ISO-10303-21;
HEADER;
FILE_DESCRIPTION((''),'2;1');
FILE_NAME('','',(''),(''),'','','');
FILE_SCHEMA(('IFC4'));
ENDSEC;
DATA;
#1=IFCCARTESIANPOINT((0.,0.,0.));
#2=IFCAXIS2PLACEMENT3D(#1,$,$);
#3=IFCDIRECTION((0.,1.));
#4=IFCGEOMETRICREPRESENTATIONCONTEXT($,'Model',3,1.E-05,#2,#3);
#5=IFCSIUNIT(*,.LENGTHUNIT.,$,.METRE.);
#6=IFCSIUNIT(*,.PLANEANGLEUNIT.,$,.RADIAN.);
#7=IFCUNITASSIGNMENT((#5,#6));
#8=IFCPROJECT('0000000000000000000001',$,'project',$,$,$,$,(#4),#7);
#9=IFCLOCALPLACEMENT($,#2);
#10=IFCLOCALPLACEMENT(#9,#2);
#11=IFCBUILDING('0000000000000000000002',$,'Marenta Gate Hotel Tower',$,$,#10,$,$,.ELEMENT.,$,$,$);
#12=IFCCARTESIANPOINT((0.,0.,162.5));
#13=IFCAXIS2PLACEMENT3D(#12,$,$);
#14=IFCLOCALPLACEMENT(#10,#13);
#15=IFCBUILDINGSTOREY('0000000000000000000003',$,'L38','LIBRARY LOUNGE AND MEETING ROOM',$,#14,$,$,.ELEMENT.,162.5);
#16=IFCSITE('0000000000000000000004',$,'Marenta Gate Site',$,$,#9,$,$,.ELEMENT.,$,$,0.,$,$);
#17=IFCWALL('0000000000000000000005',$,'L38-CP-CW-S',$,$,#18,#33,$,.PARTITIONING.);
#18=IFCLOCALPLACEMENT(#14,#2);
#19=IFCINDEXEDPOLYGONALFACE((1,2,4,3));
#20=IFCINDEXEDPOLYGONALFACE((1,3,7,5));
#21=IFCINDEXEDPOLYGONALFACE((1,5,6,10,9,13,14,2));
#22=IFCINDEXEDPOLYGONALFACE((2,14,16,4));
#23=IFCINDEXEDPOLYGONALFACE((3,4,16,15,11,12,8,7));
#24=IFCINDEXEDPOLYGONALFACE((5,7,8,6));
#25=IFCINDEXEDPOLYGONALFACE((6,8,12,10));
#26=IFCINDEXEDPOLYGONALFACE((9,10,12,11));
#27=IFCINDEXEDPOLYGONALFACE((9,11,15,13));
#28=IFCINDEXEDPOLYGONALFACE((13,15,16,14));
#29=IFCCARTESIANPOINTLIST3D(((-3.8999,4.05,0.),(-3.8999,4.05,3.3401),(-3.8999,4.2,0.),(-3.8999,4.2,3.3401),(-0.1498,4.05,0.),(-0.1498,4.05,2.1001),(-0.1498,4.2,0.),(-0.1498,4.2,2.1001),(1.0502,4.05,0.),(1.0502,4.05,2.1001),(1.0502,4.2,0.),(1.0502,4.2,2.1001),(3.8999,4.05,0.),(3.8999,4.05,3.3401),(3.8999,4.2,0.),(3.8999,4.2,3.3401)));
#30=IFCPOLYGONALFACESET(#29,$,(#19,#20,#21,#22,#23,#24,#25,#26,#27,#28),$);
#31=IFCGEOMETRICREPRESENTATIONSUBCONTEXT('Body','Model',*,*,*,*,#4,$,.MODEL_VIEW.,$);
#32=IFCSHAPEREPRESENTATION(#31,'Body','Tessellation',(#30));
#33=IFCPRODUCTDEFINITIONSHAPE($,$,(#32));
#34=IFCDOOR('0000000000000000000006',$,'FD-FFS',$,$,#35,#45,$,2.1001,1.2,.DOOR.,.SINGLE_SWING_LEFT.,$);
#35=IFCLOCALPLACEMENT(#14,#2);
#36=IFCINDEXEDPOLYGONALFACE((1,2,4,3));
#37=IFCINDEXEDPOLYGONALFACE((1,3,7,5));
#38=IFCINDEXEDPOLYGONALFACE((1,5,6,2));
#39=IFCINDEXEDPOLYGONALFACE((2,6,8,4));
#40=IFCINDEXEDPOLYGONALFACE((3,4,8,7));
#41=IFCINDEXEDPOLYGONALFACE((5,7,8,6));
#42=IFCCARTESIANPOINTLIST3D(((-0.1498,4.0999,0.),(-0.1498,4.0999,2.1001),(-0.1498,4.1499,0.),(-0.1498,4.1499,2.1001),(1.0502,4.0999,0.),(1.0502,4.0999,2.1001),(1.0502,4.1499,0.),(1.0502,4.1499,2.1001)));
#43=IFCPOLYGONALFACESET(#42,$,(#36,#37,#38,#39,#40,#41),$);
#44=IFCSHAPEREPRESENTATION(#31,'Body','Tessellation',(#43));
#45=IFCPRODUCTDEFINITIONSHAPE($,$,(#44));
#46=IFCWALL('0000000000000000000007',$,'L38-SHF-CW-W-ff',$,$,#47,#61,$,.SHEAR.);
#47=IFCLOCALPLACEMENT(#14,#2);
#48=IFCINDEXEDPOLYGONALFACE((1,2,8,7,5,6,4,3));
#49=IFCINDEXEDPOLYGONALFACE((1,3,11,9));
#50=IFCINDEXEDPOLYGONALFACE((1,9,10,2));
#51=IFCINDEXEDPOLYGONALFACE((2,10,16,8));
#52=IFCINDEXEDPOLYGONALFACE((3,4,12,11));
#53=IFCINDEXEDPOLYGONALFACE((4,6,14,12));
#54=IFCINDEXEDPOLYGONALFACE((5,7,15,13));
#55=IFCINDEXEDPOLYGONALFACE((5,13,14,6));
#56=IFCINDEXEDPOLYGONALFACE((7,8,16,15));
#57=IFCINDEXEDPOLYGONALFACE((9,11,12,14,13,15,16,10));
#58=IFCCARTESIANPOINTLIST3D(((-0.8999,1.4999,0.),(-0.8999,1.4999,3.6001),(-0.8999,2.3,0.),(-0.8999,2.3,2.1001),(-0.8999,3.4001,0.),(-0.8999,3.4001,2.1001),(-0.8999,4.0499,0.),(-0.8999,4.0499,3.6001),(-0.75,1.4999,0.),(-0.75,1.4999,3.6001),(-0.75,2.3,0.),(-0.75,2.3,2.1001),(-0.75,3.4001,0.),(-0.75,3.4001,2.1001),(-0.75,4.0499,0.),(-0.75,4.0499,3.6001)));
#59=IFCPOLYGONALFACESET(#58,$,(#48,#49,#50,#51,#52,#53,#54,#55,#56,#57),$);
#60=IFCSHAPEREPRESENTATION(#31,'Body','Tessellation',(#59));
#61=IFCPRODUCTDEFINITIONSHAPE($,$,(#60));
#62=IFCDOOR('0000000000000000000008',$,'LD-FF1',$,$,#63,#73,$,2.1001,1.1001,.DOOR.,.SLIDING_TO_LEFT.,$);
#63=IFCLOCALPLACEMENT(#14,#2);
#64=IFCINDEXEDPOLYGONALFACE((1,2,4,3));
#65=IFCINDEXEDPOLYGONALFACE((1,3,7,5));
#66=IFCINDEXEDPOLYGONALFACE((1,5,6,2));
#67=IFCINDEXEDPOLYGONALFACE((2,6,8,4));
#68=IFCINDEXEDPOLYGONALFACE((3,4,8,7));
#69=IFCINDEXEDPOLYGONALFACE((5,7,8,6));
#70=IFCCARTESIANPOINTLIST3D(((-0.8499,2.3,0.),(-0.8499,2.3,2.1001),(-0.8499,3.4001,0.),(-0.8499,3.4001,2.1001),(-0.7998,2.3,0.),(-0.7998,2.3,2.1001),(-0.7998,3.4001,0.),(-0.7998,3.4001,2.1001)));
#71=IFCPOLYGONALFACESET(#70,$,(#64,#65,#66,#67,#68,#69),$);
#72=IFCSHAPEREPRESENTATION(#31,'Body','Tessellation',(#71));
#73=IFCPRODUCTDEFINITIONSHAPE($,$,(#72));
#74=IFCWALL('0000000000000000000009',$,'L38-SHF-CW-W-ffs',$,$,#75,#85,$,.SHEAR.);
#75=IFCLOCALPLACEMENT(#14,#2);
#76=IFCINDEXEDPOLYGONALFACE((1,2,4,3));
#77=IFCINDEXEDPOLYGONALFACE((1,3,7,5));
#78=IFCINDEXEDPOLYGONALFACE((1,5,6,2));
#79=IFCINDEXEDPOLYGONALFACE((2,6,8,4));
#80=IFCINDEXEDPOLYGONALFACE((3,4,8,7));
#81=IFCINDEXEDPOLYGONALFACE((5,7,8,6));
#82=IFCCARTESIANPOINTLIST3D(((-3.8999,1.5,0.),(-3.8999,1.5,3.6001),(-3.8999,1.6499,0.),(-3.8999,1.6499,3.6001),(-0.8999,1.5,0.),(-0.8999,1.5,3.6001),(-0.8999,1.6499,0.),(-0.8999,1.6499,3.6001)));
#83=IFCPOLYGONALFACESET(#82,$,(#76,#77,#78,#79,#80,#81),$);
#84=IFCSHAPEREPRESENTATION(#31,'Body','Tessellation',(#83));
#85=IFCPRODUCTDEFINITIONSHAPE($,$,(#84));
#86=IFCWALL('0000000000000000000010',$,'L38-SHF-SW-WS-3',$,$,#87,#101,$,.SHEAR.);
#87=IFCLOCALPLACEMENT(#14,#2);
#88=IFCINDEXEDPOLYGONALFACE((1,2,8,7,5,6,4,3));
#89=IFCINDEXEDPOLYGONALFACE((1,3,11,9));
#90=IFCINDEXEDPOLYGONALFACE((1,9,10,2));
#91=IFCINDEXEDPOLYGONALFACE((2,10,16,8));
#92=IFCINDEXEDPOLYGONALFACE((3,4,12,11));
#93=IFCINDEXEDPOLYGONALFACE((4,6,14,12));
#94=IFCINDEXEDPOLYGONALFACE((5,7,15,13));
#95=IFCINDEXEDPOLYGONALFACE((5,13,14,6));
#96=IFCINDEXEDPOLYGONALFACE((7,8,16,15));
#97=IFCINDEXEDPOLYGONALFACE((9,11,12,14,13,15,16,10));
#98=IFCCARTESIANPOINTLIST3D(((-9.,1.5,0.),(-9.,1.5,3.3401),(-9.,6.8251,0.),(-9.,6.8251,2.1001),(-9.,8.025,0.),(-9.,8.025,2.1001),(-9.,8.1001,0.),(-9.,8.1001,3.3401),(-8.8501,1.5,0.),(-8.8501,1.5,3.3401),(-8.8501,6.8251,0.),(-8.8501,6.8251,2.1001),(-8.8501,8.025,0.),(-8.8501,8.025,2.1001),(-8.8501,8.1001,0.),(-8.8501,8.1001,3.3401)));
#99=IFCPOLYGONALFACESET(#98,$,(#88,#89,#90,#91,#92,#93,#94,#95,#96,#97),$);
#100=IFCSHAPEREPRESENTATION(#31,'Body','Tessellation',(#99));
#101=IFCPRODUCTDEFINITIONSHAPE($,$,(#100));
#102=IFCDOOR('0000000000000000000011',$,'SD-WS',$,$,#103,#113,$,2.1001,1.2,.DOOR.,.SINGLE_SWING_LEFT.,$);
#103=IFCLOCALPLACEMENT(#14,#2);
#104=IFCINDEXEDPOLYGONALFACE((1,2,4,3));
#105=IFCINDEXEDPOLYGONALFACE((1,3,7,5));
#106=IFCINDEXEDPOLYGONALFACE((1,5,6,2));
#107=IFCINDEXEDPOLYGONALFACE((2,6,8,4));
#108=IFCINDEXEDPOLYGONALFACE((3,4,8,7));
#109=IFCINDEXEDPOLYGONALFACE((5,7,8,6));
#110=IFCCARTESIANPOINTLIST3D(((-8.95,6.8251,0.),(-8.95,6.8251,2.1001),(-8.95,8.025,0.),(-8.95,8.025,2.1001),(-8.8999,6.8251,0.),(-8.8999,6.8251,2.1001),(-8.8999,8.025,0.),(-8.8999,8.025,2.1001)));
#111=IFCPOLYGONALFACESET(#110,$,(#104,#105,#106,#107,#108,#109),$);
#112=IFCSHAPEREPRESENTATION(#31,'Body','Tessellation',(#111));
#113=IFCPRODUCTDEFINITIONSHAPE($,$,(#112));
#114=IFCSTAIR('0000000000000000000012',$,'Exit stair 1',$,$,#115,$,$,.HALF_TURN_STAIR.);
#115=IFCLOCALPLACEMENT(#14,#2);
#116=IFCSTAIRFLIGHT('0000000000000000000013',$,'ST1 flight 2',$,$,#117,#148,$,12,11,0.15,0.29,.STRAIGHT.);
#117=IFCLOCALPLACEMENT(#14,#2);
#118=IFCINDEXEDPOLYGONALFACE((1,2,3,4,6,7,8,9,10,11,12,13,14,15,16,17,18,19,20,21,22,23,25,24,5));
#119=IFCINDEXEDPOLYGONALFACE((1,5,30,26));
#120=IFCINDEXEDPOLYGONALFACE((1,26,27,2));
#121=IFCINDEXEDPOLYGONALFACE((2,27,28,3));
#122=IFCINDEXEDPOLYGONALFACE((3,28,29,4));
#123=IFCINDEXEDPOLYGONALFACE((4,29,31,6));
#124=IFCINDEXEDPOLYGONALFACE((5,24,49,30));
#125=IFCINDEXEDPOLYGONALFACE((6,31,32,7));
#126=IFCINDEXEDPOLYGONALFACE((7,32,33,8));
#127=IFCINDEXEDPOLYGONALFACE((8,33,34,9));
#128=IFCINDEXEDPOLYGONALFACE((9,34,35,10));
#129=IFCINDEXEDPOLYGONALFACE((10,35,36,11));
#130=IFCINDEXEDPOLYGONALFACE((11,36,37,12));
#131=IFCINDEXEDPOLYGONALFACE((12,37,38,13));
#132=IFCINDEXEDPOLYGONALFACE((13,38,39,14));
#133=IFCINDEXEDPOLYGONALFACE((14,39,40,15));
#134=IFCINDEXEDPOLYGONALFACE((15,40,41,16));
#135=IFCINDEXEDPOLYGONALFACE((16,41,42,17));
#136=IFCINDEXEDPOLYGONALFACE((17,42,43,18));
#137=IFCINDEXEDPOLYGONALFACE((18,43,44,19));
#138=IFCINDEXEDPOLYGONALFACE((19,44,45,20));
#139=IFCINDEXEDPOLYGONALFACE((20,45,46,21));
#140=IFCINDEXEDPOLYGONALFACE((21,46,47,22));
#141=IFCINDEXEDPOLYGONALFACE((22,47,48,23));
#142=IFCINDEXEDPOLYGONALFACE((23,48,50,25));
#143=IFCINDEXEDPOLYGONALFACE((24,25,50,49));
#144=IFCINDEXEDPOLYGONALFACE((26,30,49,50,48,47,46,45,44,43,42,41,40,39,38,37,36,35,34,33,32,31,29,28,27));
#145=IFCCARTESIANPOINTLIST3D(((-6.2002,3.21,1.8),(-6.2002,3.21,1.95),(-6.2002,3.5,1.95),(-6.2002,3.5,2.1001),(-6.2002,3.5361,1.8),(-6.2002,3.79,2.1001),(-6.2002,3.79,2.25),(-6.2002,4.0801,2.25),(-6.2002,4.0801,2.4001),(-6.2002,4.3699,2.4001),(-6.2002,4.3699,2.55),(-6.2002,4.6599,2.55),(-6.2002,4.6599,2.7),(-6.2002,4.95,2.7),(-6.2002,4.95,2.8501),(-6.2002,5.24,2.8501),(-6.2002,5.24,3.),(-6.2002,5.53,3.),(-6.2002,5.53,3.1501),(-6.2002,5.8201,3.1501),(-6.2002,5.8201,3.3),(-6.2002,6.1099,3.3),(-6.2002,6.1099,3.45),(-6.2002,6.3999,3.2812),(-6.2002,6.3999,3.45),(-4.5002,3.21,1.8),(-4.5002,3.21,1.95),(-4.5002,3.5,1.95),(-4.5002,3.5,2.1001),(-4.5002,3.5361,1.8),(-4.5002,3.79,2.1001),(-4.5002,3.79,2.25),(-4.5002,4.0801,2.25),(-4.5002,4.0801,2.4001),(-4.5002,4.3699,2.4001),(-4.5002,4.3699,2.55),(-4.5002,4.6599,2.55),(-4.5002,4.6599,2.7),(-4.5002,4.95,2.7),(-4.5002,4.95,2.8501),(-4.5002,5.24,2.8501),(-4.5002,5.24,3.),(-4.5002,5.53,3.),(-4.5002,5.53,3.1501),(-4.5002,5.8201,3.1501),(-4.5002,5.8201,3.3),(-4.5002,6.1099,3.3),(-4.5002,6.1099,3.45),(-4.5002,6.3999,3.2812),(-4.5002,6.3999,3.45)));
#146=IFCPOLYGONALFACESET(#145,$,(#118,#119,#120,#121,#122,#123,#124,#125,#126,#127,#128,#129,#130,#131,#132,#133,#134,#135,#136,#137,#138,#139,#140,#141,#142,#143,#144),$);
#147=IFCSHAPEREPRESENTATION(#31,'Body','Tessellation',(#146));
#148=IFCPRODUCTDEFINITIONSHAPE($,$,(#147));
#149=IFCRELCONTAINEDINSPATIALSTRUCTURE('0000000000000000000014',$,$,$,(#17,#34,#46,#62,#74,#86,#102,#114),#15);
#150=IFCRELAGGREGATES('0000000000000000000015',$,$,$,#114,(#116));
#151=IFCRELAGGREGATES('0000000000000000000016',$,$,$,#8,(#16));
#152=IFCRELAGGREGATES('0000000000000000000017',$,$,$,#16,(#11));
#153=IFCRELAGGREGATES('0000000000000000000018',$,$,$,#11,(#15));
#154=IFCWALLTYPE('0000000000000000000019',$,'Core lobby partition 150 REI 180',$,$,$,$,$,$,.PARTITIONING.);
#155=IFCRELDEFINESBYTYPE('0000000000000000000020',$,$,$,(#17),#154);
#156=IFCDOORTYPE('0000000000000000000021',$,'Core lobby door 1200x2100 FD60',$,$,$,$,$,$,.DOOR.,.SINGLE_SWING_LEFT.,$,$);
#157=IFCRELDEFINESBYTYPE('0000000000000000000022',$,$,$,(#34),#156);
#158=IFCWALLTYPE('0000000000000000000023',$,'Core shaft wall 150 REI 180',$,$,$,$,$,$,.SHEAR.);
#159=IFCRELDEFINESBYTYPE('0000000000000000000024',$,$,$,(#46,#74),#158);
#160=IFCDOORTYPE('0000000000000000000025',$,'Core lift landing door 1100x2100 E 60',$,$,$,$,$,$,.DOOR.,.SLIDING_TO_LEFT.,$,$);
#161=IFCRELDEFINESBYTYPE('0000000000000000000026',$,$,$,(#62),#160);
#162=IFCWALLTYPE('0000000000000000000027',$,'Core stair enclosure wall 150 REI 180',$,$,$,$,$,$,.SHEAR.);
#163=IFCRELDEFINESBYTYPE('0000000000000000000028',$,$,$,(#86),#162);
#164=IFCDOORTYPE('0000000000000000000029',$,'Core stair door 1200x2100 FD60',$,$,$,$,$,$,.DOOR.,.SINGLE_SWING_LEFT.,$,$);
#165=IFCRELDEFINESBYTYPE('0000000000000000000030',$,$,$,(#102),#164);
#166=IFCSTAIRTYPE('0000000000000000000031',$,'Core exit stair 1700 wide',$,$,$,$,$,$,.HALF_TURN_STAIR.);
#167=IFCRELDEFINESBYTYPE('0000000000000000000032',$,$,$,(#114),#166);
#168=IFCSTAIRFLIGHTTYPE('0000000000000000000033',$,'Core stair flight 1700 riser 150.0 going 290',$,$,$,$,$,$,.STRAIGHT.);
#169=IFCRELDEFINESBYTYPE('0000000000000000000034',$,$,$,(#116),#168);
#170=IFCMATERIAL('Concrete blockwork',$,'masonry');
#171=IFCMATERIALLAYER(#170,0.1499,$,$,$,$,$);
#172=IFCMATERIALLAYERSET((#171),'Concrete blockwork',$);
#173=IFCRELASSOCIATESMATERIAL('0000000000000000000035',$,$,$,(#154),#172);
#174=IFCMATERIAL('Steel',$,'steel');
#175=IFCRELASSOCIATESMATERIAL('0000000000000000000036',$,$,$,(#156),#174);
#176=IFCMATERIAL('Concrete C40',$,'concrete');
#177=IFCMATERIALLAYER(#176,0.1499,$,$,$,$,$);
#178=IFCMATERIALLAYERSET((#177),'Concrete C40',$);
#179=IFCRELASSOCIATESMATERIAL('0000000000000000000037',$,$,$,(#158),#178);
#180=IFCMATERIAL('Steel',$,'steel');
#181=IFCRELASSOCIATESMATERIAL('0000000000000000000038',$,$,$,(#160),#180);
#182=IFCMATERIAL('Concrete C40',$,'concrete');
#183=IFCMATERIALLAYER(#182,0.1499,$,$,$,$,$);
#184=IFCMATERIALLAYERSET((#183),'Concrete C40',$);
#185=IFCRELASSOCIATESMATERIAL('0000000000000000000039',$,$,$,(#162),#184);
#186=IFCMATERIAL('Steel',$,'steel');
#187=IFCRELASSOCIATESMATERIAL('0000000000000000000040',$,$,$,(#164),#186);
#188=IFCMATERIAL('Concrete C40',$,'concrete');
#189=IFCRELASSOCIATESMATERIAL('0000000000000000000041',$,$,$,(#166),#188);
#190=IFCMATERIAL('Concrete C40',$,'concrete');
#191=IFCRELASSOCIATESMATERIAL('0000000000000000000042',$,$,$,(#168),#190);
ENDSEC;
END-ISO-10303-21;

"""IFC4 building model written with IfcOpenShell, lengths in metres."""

from ifc_helpers import new_model, si_unit, direction, frame, frame_2d, origin, place, context, subcontext, project, spatial, polyline, rectangle, outline, extrude, material, layer, layer_set, type_object, element, fill, aggregate, save


model = new_model("IFC4")

# Units and contexts
model_context = context("Model", 3, precision=1e-05, world=origin(), true_north=direction((0.0, 1.0)))
body_context = subcontext(model_context, "Body", "Model", "MODEL_VIEW")
ifc_project = project(units=[si_unit("LENGTHUNIT", "METRE"), si_unit("PLANEANGLEUNIT", "RADIAN")], contexts=[model_context])

# Site, building, storey
site_placement = place(None, origin())
site = spatial("IfcSite", under=ifc_project, at=site_placement, Name="Marenta Gate Site", CompositionType="ELEMENT", RefElevation=0.0)
building_placement = place(site_placement, origin())
building = spatial("IfcBuilding", under=site, at=building_placement, Name="Marenta Gate Hotel Tower", CompositionType="ELEMENT")
storey_placement = place(building_placement, frame((0.0, 0.0, 162.5)))
storey = spatial("IfcBuildingStorey", under=building, at=storey_placement, Name="L38", Description="LIBRARY LOUNGE AND MEETING ROOM", CompositionType="ELEMENT", Elevation=162.5)

# Walls, openings, doors
ifc_material_1 = material(Name="Concrete blockwork", Category="masonry")
ifc_layer_1 = layer(ifc_material_1, 0.1499)
ifc_layer_set_1 = layer_set([ifc_layer_1], Name="Concrete blockwork")
wall_type_1 = type_object("IfcWallType", Name="Core lobby partition 150 REI 180", PredefinedType="PARTITIONING", material=ifc_layer_set_1)
wall_1_placement = place(storey_placement, frame((-3.8999, 4.125, 0.0), z_axis=(0.0, 0.0, 1.0), x_axis=(1.0, 0.0, 0.0)))
wall_1 = element("IfcWall", 1, at=wall_1_placement, inside=storey, type_object=wall_type_1, Name="L38-CP-CW-S", PredefinedType="PARTITIONING", context=body_context, shape_type="SweptSolid", body=[
    extrude(rectangle(XDim=7.7998, YDim=0.1499, at=frame_2d((3.8999, 0.0))), origin(), (0.0, 0.0, 1.0), 3.3401),
])
opening_1_placement = place(wall_1_placement, frame((3.75, 0.0, 0.0)))
opening_1 = element("IfcOpeningElement", 2, at=opening_1_placement, cuts=wall_1, PredefinedType="OPENING", context=body_context, shape_type="SweptSolid", body=[
    extrude(rectangle(XDim=1.2, YDim=2.1001, at=frame_2d((0.6001, 1.05))), frame((0.0, 0.075, 0.0), z_axis=(0.0, -1.0, 0.0), x_axis=(1.0, 0.0, 0.0)), (0.0, 0.0, 1.0), 0.1499),
])
ifc_material_2 = material(Name="Steel", Category="steel")
door_type_1 = type_object("IfcDoorType", Name="Core lobby door 1200x2100 FD60", OperationType="SINGLE_SWING_LEFT", PredefinedType="DOOR", material=ifc_material_2)
door_1_placement = place(opening_1_placement, origin())
door_1 = element("IfcDoor", 3, at=door_1_placement, inside=storey, type_object=door_type_1, Name="FD-FFS", OperationType="SINGLE_SWING_LEFT", OverallHeight=2.1001, OverallWidth=1.2, PredefinedType="DOOR", context=body_context, shape_type="SweptSolid", body=[
    extrude(rectangle(XDim=1.2, YDim=2.1001, at=frame_2d((0.6001, 1.05))), frame((0.0, 0.0249, 0.0), z_axis=(0.0, -1.0, 0.0), x_axis=(1.0, 0.0, 0.0)), (0.0, 0.0, 1.0), 0.05),
])
fill(opening_1, door_1)
ifc_material_3 = material(Name="Concrete C40", Category="concrete")
ifc_layer_2 = layer(ifc_material_3, 0.1499)
ifc_layer_set_2 = layer_set([ifc_layer_2], Name="Concrete C40")
wall_type_2 = type_object("IfcWallType", Name="Core shaft wall 150 REI 180", PredefinedType="SHEAR", material=ifc_layer_set_2)
wall_2_placement = place(storey_placement, frame((-0.825, 1.5, 0.0), z_axis=(0.0, 0.0, 1.0), x_axis=(0.0, 1.0, 0.0)))
wall_2 = element("IfcWall", 4, at=wall_2_placement, inside=storey, type_object=wall_type_2, Name="L38-SHF-CW-W-ff", PredefinedType="SHEAR", context=body_context, shape_type="SweptSolid", body=[
    extrude(rectangle(XDim=2.55, YDim=0.1499, at=frame_2d((1.2749, 0.0))), origin(), (0.0, 0.0, 1.0), 3.6001),
])
opening_2_placement = place(wall_2_placement, frame((0.8, 0.0, 0.0)))
opening_2 = element("IfcOpeningElement", 5, at=opening_2_placement, cuts=wall_2, PredefinedType="OPENING", context=body_context, shape_type="SweptSolid", body=[
    extrude(rectangle(XDim=1.1001, YDim=2.1001, at=frame_2d((0.55, 1.05))), frame((0.0, 0.075, 0.0), z_axis=(0.0, -1.0, 0.0), x_axis=(1.0, 0.0, 0.0)), (0.0, 0.0, 1.0), 0.1499),
])
ifc_material_4 = material(Name="Steel", Category="steel")
door_type_2 = type_object("IfcDoorType", Name="Core lift landing door 1100x2100 E 60", OperationType="SLIDING_TO_LEFT", PredefinedType="DOOR", material=ifc_material_4)
door_2_placement = place(opening_2_placement, origin())
door_2 = element("IfcDoor", 6, at=door_2_placement, inside=storey, type_object=door_type_2, Name="LD-FF1", OperationType="SLIDING_TO_LEFT", OverallHeight=2.1001, OverallWidth=1.1001, PredefinedType="DOOR", context=body_context, shape_type="SweptSolid", body=[
    extrude(rectangle(XDim=1.1001, YDim=2.1001, at=frame_2d((0.55, 1.05))), frame((0.0, 0.0249, 0.0), z_axis=(0.0, -1.0, 0.0), x_axis=(1.0, 0.0, 0.0)), (0.0, 0.0, 1.0), 0.05),
])
fill(opening_2, door_2)

# Wall
wall_3_placement = place(storey_placement, frame((-3.8999, 1.575, 0.0), z_axis=(0.0, 0.0, 1.0), x_axis=(1.0, 0.0, 0.0)))
element("IfcWall", 7, at=wall_3_placement, inside=storey, type_object=wall_type_2, Name="L38-SHF-CW-W-ffs", PredefinedType="SHEAR", context=body_context, shape_type="SweptSolid", body=[
    extrude(rectangle(XDim=3.0, YDim=0.1499, at=frame_2d((1.5, 0.0))), origin(), (0.0, 0.0, 1.0), 3.6001),
])

# Wall, opening, door
ifc_material_5 = material(Name="Concrete C40", Category="concrete")
ifc_layer_3 = layer(ifc_material_5, 0.1499)
ifc_layer_set_3 = layer_set([ifc_layer_3], Name="Concrete C40")
wall_type_3 = type_object("IfcWallType", Name="Core stair enclosure wall 150 REI 180", PredefinedType="SHEAR", material=ifc_layer_set_3)
wall_4_placement = place(storey_placement, frame((-8.925, 1.5, 0.0), z_axis=(0.0, 0.0, 1.0), x_axis=(0.0, 1.0, 0.0)))
wall_4 = element("IfcWall", 8, at=wall_4_placement, inside=storey, type_object=wall_type_3, Name="L38-SHF-SW-WS-3", PredefinedType="SHEAR", context=body_context, shape_type="SweptSolid", body=[
    extrude(rectangle(XDim=6.6001, YDim=0.1499, at=frame_2d((3.3, 0.0))), origin(), (0.0, 0.0, 1.0), 3.3401),
])
opening_3_placement = place(wall_4_placement, frame((5.325, 0.0, 0.0)))
opening_3 = element("IfcOpeningElement", 9, at=opening_3_placement, cuts=wall_4, PredefinedType="OPENING", context=body_context, shape_type="SweptSolid", body=[
    extrude(rectangle(XDim=1.2, YDim=2.1001, at=frame_2d((0.6001, 1.05))), frame((0.0, 0.075, 0.0), z_axis=(0.0, -1.0, 0.0), x_axis=(1.0, 0.0, 0.0)), (0.0, 0.0, 1.0), 0.1499),
])
ifc_material_6 = material(Name="Steel", Category="steel")
door_type_3 = type_object("IfcDoorType", Name="Core stair door 1200x2100 FD60", OperationType="SINGLE_SWING_LEFT", PredefinedType="DOOR", material=ifc_material_6)
door_3_placement = place(opening_3_placement, origin())
door_3 = element("IfcDoor", 10, at=door_3_placement, inside=storey, type_object=door_type_3, Name="SD-WS", OperationType="SINGLE_SWING_LEFT", OverallHeight=2.1001, OverallWidth=1.2, PredefinedType="DOOR", context=body_context, shape_type="SweptSolid", body=[
    extrude(rectangle(XDim=1.2, YDim=2.1001, at=frame_2d((0.6001, 1.05))), frame((0.0, 0.0249, 0.0), z_axis=(0.0, -1.0, 0.0), x_axis=(1.0, 0.0, 0.0)), (0.0, 0.0, 1.0), 0.05),
])
fill(opening_3, door_3)

# Stair, stair flight
ifc_material_7 = material(Name="Concrete C40", Category="concrete")
stair_type = type_object("IfcStairType", Name="Core exit stair 1700 wide", PredefinedType="HALF_TURN_STAIR", material=ifc_material_7)
stair_placement = place(storey_placement, origin())
stair = element("IfcStair", 11, at=stair_placement, inside=storey, type_object=stair_type, Name="Exit stair 1", PredefinedType="HALF_TURN_STAIR")
ifc_material_8 = material(Name="Concrete C40", Category="concrete")
stair_flight_type = type_object("IfcStairFlightType", Name="Core stair flight 1700 riser 150.0 going 290", PredefinedType="STRAIGHT", material=ifc_material_8)
stair_flight_placement = place(storey_placement, frame((-5.3501, 3.21, 1.8), z_axis=(0.0, 0.0, 1.0), x_axis=(0.0, 1.0, 0.0)))
stair_flight = element("IfcStairFlight", 12, at=stair_flight_placement, type_object=stair_flight_type, Name="ST1 flight 2", NumberOfRisers=12, NumberOfTreads=11, PredefinedType="STRAIGHT", RiserHeight=0.15, TreadLength=0.29, context=body_context, shape_type="SweptSolid", body=[
    extrude(outline(polyline([(0.0, 0.0), (0.0, 0.1499), (0.29, 0.1499), (0.29, 0.3), (0.5801, 0.3), (0.5801, 0.45), (0.8701, 0.45), (0.8701, 0.6001), (1.1599, 0.6001), (1.1599, 0.75), (1.45, 0.75), (1.45, 0.8999), (1.74, 0.8999), (1.74, 1.05), (2.03, 1.05), (2.03, 1.2), (2.3201, 1.2), (2.3201, 1.3501), (2.6101, 1.3501), (2.6101, 1.5), (2.8999, 1.5), (2.8999, 1.6499), (3.1899, 1.6499), (3.1899, 1.8), (3.1899, 1.4812), (0.3262, 0.0), (0.0, 0.0)])), frame((0.0, 0.8501, 0.0), z_axis=(0.0, -1.0, 0.0), x_axis=(1.0, 0.0, 0.0)), (0.0, 0.0, 1.0), 1.7),
])
aggregate(stair, [stair_flight])

save(model, "model.ifc")
